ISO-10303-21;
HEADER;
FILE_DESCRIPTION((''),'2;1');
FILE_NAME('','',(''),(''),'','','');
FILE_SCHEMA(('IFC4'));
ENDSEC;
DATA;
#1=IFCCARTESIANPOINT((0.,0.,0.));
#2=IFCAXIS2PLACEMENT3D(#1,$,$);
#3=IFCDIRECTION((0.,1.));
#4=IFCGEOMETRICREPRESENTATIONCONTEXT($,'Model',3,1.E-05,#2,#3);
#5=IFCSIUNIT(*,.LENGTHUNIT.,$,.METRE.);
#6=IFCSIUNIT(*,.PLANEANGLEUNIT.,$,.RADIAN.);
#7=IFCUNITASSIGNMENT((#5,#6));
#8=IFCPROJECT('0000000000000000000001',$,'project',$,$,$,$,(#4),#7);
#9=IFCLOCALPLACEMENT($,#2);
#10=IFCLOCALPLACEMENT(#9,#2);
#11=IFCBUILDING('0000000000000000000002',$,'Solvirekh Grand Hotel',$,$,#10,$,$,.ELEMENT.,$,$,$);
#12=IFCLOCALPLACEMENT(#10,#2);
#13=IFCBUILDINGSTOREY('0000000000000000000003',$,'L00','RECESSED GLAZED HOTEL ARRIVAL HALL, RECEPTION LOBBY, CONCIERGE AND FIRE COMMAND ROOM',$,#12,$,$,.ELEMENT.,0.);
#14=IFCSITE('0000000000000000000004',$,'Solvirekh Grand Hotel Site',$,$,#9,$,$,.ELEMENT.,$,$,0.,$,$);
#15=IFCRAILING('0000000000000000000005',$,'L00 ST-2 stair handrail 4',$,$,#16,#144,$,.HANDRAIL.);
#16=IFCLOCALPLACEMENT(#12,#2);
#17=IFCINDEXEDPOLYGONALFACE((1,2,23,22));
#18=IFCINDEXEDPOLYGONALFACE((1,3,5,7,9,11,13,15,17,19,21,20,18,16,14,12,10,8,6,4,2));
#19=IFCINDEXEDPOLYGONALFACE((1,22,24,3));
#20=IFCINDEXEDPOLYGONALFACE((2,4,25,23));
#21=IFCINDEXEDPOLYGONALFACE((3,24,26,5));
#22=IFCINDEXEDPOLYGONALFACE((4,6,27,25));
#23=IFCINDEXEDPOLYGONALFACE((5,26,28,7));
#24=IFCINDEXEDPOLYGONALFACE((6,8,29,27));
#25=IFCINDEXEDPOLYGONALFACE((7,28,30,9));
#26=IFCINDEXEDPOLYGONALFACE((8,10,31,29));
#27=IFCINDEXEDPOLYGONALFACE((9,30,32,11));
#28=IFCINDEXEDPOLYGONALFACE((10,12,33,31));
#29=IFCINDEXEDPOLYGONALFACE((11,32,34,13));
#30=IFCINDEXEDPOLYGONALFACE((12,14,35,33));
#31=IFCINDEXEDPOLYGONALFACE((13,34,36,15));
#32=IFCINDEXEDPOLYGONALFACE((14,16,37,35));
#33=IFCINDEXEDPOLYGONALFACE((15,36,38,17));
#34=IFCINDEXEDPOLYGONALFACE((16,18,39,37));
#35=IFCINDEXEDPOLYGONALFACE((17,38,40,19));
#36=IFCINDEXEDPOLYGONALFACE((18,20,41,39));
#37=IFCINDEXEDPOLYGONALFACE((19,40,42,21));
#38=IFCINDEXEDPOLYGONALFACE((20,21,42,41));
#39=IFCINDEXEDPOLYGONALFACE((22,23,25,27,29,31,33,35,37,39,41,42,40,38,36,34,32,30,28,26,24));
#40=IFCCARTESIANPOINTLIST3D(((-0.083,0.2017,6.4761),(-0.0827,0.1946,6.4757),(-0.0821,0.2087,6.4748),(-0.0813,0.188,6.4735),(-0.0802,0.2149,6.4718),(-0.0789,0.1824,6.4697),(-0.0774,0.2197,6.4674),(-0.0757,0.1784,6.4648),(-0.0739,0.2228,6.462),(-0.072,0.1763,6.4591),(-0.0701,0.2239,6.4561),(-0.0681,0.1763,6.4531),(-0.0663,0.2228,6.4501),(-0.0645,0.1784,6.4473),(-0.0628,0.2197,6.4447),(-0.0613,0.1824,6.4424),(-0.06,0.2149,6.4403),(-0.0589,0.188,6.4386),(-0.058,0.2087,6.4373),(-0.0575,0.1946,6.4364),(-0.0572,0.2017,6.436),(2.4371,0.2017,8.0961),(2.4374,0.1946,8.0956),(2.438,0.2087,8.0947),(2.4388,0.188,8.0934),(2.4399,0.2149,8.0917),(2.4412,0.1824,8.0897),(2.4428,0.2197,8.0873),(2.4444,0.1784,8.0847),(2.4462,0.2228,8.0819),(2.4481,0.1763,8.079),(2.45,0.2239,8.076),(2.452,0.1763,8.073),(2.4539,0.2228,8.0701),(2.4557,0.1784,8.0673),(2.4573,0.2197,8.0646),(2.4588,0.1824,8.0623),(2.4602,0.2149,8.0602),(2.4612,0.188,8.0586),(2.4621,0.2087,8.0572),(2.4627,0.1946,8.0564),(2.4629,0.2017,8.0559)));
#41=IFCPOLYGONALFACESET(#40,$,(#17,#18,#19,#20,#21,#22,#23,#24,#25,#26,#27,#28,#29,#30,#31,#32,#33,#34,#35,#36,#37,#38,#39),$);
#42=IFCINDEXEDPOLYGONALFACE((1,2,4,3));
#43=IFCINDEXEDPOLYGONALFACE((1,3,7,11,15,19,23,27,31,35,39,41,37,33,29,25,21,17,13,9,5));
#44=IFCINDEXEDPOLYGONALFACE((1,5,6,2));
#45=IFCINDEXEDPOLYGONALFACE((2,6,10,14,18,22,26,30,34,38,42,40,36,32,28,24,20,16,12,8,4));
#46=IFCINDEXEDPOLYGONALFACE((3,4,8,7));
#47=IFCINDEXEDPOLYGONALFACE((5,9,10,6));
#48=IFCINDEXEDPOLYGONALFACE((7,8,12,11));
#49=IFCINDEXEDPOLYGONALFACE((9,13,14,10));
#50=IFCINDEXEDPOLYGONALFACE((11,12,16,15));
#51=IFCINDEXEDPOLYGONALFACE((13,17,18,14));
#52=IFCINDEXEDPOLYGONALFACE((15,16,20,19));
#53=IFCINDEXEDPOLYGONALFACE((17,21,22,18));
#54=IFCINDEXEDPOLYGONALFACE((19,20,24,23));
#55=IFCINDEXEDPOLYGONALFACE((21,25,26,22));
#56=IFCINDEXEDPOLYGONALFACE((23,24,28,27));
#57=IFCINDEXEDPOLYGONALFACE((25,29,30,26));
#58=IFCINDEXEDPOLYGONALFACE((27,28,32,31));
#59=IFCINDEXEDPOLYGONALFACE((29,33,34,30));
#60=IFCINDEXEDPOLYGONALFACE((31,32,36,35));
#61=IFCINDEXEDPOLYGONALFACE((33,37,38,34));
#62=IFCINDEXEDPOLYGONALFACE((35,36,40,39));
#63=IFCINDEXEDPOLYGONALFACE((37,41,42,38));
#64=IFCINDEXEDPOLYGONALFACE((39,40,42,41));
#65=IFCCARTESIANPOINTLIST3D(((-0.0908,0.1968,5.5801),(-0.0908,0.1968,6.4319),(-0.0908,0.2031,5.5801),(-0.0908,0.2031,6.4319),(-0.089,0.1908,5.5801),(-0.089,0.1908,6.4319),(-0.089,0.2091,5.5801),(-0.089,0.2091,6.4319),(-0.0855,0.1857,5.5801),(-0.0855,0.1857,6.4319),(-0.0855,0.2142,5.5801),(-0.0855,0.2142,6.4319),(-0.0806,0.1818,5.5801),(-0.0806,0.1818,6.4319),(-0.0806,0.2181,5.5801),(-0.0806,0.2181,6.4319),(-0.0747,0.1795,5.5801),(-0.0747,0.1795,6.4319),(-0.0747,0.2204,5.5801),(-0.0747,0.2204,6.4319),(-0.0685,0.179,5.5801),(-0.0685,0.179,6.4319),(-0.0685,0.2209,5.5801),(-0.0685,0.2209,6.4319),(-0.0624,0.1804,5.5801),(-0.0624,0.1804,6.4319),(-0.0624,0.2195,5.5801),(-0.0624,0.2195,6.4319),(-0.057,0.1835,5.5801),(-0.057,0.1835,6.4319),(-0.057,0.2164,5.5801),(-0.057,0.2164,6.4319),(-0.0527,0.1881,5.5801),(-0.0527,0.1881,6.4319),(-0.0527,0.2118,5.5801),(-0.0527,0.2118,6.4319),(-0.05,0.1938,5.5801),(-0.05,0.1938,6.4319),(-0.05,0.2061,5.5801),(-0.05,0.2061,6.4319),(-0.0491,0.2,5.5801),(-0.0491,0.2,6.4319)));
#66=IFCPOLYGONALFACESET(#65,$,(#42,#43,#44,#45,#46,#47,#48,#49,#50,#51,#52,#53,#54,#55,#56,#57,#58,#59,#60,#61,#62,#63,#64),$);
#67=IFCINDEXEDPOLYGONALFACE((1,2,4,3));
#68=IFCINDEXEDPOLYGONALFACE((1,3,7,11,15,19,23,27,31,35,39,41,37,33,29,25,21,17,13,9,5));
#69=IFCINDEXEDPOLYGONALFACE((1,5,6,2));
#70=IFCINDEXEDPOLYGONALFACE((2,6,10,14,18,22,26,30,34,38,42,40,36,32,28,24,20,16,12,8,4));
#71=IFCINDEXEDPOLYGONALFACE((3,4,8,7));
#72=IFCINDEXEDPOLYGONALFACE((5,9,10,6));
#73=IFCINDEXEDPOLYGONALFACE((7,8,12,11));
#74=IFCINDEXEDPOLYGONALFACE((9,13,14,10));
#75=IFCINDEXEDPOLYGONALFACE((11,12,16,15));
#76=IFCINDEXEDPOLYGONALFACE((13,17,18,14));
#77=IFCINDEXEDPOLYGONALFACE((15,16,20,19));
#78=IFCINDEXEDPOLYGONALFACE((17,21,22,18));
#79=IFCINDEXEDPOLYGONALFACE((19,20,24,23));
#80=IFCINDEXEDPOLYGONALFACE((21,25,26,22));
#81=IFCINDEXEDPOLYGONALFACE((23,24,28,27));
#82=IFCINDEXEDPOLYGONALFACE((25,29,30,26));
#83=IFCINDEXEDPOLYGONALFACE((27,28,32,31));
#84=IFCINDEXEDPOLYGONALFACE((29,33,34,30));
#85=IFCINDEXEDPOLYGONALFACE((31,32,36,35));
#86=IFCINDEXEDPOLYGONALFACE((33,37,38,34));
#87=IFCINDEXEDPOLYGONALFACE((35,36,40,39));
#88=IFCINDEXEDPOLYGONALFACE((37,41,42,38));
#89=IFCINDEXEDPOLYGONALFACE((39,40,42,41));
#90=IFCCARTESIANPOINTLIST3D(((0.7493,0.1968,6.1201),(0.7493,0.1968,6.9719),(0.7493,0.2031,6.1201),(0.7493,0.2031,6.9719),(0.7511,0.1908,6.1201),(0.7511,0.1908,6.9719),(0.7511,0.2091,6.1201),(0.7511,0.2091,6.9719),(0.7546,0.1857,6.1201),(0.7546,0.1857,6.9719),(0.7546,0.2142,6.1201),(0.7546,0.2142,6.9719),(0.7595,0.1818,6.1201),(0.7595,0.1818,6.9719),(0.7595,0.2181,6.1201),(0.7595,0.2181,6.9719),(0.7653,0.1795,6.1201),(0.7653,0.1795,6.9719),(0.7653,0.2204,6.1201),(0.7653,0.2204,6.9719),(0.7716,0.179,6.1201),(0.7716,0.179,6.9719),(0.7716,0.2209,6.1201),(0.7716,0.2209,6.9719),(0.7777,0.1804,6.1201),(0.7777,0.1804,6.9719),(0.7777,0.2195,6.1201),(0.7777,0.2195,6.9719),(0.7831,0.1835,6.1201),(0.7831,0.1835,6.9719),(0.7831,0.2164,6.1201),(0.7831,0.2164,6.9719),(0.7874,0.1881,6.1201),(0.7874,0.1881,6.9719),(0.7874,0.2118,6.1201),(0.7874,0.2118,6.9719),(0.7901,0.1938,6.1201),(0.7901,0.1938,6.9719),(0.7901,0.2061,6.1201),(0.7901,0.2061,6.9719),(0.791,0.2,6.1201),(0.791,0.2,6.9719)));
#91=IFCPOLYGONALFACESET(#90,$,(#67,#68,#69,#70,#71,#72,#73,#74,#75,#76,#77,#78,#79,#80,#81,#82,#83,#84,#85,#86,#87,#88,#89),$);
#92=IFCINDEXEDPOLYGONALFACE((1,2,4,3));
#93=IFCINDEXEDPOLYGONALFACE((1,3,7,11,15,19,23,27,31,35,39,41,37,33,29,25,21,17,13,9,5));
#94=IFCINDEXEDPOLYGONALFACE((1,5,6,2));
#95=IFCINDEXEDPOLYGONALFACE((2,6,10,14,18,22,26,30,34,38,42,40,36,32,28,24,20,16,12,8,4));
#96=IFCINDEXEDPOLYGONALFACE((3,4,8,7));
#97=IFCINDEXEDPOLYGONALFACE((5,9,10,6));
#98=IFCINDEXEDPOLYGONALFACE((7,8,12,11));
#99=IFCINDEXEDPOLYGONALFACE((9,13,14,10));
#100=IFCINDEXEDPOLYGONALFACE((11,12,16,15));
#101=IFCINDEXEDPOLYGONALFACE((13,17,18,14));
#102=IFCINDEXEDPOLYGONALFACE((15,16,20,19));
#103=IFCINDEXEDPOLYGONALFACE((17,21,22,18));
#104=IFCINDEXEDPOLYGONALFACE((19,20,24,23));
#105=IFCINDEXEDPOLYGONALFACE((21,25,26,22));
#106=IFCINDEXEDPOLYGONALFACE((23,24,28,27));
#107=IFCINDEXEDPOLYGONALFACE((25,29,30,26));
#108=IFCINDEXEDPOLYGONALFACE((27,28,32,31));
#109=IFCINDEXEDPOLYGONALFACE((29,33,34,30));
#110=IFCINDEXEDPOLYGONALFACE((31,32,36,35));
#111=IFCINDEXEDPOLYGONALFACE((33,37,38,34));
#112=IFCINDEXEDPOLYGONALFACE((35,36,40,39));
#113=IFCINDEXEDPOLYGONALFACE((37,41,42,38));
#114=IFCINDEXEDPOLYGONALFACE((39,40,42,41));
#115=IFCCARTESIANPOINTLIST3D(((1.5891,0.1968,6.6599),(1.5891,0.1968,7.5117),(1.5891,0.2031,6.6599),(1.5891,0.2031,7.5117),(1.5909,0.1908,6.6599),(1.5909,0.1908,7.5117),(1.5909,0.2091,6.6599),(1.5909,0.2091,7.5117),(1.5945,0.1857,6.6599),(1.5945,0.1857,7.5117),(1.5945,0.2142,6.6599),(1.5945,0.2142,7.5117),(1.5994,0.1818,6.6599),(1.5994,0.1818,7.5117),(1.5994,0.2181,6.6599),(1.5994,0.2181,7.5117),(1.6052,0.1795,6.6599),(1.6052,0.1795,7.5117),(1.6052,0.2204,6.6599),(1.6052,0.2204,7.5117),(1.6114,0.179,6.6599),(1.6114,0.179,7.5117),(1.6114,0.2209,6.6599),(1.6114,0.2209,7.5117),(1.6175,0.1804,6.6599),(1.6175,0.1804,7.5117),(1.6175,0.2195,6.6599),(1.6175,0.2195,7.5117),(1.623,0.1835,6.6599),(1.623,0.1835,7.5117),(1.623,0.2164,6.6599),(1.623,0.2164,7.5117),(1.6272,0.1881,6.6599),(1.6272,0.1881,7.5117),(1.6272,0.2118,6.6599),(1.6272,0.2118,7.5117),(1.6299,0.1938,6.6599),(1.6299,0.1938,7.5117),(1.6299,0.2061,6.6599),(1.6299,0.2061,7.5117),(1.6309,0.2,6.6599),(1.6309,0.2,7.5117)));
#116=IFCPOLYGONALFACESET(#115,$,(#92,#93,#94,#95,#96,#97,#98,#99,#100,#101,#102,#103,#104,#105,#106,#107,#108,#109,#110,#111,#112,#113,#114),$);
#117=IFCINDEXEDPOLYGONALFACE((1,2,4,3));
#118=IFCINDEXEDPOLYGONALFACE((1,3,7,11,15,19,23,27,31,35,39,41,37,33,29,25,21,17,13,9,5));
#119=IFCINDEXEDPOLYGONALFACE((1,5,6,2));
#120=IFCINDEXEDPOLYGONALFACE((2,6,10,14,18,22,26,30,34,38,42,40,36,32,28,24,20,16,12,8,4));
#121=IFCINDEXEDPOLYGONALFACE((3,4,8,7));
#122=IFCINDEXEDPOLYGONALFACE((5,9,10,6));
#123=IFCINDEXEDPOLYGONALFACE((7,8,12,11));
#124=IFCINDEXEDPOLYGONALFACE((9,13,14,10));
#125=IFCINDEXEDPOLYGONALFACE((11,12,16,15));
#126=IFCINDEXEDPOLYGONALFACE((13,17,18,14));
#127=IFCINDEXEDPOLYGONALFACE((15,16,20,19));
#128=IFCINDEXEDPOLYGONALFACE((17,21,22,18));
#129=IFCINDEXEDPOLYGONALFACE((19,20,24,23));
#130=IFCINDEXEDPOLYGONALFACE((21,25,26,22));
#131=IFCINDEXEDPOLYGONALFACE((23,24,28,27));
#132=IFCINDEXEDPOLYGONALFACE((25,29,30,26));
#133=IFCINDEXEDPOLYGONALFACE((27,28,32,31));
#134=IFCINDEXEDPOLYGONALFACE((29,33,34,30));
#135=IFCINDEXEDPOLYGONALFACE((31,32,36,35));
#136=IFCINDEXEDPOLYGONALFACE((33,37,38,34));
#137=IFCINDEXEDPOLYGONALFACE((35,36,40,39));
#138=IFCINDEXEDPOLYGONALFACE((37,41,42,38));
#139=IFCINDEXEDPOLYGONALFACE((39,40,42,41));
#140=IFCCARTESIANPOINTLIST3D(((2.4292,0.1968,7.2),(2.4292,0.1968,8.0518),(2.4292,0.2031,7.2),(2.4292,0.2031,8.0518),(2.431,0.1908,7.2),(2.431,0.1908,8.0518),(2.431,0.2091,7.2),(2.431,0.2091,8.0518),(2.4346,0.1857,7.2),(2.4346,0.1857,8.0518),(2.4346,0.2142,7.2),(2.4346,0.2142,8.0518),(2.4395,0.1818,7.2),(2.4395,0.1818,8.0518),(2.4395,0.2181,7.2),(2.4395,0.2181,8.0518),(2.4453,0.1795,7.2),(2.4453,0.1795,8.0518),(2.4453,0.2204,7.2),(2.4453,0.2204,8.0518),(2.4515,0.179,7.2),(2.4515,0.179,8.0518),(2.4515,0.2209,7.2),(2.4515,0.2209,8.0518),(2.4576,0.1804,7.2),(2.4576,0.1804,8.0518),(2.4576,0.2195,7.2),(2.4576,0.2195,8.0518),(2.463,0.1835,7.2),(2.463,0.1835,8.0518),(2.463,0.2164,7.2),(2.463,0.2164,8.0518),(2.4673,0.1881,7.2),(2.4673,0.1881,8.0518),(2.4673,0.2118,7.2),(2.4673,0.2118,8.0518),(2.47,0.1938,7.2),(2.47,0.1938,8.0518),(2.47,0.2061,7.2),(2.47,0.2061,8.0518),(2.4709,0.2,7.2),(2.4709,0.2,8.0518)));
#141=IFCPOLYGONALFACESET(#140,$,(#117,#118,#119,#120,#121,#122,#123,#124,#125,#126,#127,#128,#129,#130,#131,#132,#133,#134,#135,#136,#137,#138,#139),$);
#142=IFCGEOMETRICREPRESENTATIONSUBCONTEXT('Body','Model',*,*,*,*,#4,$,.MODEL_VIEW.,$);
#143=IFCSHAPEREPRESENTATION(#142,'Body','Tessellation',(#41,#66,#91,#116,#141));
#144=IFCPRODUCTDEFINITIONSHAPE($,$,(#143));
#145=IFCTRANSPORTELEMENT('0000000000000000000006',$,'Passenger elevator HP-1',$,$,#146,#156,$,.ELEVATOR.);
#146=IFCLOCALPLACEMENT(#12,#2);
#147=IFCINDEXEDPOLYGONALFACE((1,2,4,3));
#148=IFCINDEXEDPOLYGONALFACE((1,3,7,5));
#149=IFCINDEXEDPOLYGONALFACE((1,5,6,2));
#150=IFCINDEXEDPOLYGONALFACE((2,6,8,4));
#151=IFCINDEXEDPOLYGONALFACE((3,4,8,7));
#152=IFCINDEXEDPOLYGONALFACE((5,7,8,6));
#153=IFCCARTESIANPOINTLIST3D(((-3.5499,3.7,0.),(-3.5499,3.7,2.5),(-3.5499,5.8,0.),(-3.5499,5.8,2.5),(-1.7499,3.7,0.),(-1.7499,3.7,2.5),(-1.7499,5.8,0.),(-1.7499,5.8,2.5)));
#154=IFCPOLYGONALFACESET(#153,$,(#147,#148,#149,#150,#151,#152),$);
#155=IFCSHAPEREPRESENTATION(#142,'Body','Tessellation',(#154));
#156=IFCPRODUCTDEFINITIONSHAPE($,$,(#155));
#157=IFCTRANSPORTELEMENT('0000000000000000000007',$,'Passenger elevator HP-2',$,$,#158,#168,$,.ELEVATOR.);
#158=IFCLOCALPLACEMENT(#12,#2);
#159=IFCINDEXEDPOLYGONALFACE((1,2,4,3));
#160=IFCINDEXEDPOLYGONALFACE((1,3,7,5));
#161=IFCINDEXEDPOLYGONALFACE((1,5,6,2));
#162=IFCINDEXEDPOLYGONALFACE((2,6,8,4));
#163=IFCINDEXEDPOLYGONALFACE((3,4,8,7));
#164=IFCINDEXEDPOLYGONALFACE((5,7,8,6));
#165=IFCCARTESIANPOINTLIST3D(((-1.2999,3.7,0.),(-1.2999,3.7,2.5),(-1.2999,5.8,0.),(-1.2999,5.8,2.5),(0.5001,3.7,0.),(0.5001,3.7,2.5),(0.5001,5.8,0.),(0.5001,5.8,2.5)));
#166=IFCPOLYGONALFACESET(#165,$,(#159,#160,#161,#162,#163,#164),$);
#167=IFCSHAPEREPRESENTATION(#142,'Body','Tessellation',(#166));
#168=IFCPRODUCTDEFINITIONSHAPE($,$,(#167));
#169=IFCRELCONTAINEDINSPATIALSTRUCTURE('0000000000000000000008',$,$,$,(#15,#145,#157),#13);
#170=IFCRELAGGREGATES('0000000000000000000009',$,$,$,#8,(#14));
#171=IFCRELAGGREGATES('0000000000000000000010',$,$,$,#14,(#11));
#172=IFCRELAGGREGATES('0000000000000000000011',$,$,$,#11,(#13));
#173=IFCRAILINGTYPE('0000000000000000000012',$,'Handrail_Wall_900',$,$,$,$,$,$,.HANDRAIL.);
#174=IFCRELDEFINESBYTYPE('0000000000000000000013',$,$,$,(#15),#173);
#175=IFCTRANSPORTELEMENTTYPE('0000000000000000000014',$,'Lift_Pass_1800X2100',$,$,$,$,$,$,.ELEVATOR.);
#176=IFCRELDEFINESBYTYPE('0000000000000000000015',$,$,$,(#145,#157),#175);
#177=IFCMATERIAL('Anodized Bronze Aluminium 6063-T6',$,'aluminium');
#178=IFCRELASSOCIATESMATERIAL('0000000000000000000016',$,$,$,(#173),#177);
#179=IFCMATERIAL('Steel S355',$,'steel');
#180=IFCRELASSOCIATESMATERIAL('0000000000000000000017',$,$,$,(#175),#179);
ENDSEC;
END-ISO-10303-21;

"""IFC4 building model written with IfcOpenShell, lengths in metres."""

from ifc_helpers import new_model, si_unit, direction, frame, origin, origin_2d, place, context, subcontext, project, spatial, rectangle, circle, extrude, material, type_object, element, save


model = new_model("IFC4")

# Units and contexts
model_context = context("Model", 3, precision=1e-05, world=origin(), true_north=direction((0.0, 1.0)))
body_context = subcontext(model_context, "Body", "Model", "MODEL_VIEW")
ifc_project = project(units=[si_unit("LENGTHUNIT", "METRE"), si_unit("PLANEANGLEUNIT", "RADIAN")], contexts=[model_context])

# Site, building, storey
site_placement = place(None, origin())
site = spatial("IfcSite", under=ifc_project, at=site_placement, Name="Solvirekh Grand Hotel Site", CompositionType="ELEMENT", RefElevation=0.0)
building_placement = place(site_placement, origin())
building = spatial("IfcBuilding", under=site, at=building_placement, Name="Solvirekh Grand Hotel", CompositionType="ELEMENT")
storey_placement = place(building_placement, origin())
storey = spatial("IfcBuildingStorey", under=building, at=storey_placement, Name="L00", Description="RECESSED GLAZED HOTEL ARRIVAL HALL, RECEPTION LOBBY, CONCIERGE AND FIRE COMMAND ROOM", CompositionType="ELEMENT", Elevation=0.0)

# Railing
ifc_material_1 = material(Name="Steel S355", Category="steel")
ifc_material_2 = material(Name="Anodized Bronze Aluminium 6063-T6", Category="aluminium")
railing_type_1 = type_object("IfcRailingType", Name="Handrail_Wall_900", PredefinedType="HANDRAIL", material=ifc_material_2)
railing_1_placement = place(storey_placement, frame((-0.0701, 0.2, 5.5801)))
element("IfcRailing", 1, at=railing_1_placement, inside=storey, type_object=railing_type_1, Name="L00 ST-2 stair handrail 4", PredefinedType="HANDRAIL", context=body_context, shape_type="SweptSolid", body=[
    extrude(circle(Radius=0.0239, at=origin_2d()), frame((0.0, 0.0, 0.876), z_axis=(0.8412, 0.0, 0.540725), x_axis=(0.0, 1.0, 0.0)), (0.0, 0.0, 1.0), 2.9958),
    extrude(circle(Radius=0.021, at=origin_2d()), origin(), (0.0, 0.0, 1.0), 0.8518),
    extrude(circle(Radius=0.021, at=origin_2d()), frame((0.8401, 0.0, 0.54)), (0.0, 0.0, 1.0), 0.8518),
    extrude(circle(Radius=0.021, at=origin_2d()), frame((1.6799, 0.0, 1.0798)), (0.0, 0.0, 1.0), 0.8518),
    extrude(circle(Radius=0.021, at=origin_2d()), frame((2.52, 0.0, 1.6199)), (0.0, 0.0, 1.0), 0.8518),
])

# Transport elements
transport_element_type = type_object("IfcTransportElementType", Name="Lift_Pass_1800X2100", PredefinedType="ELEVATOR", material=ifc_material_1)
for number, where, z_axis, x_axis, name in (
    (2, (-2.6499, 4.75, 0.0), (0.0, 0.0, 1.0), (1.0, 0.0, 0.0), "Passenger elevator HP-1"),
    (3, (-0.3999, 4.75, 0.0), (0.0, 0.0, 1.0), (1.0, 0.0, 0.0), "Passenger elevator HP-2"),
):
    element("IfcTransportElement", number, at=place(storey_placement, frame(where, z_axis=z_axis, x_axis=x_axis)), inside=storey, type_object=transport_element_type, Name=name, PredefinedType="ELEVATOR", context=body_context, shape_type="SweptSolid", body=[
        extrude(rectangle(XDim=1.8, YDim=2.1001, at=origin_2d()), origin(), (0.0, 0.0, 1.0), 2.5),
    ])

save(model, "model.ifc")
